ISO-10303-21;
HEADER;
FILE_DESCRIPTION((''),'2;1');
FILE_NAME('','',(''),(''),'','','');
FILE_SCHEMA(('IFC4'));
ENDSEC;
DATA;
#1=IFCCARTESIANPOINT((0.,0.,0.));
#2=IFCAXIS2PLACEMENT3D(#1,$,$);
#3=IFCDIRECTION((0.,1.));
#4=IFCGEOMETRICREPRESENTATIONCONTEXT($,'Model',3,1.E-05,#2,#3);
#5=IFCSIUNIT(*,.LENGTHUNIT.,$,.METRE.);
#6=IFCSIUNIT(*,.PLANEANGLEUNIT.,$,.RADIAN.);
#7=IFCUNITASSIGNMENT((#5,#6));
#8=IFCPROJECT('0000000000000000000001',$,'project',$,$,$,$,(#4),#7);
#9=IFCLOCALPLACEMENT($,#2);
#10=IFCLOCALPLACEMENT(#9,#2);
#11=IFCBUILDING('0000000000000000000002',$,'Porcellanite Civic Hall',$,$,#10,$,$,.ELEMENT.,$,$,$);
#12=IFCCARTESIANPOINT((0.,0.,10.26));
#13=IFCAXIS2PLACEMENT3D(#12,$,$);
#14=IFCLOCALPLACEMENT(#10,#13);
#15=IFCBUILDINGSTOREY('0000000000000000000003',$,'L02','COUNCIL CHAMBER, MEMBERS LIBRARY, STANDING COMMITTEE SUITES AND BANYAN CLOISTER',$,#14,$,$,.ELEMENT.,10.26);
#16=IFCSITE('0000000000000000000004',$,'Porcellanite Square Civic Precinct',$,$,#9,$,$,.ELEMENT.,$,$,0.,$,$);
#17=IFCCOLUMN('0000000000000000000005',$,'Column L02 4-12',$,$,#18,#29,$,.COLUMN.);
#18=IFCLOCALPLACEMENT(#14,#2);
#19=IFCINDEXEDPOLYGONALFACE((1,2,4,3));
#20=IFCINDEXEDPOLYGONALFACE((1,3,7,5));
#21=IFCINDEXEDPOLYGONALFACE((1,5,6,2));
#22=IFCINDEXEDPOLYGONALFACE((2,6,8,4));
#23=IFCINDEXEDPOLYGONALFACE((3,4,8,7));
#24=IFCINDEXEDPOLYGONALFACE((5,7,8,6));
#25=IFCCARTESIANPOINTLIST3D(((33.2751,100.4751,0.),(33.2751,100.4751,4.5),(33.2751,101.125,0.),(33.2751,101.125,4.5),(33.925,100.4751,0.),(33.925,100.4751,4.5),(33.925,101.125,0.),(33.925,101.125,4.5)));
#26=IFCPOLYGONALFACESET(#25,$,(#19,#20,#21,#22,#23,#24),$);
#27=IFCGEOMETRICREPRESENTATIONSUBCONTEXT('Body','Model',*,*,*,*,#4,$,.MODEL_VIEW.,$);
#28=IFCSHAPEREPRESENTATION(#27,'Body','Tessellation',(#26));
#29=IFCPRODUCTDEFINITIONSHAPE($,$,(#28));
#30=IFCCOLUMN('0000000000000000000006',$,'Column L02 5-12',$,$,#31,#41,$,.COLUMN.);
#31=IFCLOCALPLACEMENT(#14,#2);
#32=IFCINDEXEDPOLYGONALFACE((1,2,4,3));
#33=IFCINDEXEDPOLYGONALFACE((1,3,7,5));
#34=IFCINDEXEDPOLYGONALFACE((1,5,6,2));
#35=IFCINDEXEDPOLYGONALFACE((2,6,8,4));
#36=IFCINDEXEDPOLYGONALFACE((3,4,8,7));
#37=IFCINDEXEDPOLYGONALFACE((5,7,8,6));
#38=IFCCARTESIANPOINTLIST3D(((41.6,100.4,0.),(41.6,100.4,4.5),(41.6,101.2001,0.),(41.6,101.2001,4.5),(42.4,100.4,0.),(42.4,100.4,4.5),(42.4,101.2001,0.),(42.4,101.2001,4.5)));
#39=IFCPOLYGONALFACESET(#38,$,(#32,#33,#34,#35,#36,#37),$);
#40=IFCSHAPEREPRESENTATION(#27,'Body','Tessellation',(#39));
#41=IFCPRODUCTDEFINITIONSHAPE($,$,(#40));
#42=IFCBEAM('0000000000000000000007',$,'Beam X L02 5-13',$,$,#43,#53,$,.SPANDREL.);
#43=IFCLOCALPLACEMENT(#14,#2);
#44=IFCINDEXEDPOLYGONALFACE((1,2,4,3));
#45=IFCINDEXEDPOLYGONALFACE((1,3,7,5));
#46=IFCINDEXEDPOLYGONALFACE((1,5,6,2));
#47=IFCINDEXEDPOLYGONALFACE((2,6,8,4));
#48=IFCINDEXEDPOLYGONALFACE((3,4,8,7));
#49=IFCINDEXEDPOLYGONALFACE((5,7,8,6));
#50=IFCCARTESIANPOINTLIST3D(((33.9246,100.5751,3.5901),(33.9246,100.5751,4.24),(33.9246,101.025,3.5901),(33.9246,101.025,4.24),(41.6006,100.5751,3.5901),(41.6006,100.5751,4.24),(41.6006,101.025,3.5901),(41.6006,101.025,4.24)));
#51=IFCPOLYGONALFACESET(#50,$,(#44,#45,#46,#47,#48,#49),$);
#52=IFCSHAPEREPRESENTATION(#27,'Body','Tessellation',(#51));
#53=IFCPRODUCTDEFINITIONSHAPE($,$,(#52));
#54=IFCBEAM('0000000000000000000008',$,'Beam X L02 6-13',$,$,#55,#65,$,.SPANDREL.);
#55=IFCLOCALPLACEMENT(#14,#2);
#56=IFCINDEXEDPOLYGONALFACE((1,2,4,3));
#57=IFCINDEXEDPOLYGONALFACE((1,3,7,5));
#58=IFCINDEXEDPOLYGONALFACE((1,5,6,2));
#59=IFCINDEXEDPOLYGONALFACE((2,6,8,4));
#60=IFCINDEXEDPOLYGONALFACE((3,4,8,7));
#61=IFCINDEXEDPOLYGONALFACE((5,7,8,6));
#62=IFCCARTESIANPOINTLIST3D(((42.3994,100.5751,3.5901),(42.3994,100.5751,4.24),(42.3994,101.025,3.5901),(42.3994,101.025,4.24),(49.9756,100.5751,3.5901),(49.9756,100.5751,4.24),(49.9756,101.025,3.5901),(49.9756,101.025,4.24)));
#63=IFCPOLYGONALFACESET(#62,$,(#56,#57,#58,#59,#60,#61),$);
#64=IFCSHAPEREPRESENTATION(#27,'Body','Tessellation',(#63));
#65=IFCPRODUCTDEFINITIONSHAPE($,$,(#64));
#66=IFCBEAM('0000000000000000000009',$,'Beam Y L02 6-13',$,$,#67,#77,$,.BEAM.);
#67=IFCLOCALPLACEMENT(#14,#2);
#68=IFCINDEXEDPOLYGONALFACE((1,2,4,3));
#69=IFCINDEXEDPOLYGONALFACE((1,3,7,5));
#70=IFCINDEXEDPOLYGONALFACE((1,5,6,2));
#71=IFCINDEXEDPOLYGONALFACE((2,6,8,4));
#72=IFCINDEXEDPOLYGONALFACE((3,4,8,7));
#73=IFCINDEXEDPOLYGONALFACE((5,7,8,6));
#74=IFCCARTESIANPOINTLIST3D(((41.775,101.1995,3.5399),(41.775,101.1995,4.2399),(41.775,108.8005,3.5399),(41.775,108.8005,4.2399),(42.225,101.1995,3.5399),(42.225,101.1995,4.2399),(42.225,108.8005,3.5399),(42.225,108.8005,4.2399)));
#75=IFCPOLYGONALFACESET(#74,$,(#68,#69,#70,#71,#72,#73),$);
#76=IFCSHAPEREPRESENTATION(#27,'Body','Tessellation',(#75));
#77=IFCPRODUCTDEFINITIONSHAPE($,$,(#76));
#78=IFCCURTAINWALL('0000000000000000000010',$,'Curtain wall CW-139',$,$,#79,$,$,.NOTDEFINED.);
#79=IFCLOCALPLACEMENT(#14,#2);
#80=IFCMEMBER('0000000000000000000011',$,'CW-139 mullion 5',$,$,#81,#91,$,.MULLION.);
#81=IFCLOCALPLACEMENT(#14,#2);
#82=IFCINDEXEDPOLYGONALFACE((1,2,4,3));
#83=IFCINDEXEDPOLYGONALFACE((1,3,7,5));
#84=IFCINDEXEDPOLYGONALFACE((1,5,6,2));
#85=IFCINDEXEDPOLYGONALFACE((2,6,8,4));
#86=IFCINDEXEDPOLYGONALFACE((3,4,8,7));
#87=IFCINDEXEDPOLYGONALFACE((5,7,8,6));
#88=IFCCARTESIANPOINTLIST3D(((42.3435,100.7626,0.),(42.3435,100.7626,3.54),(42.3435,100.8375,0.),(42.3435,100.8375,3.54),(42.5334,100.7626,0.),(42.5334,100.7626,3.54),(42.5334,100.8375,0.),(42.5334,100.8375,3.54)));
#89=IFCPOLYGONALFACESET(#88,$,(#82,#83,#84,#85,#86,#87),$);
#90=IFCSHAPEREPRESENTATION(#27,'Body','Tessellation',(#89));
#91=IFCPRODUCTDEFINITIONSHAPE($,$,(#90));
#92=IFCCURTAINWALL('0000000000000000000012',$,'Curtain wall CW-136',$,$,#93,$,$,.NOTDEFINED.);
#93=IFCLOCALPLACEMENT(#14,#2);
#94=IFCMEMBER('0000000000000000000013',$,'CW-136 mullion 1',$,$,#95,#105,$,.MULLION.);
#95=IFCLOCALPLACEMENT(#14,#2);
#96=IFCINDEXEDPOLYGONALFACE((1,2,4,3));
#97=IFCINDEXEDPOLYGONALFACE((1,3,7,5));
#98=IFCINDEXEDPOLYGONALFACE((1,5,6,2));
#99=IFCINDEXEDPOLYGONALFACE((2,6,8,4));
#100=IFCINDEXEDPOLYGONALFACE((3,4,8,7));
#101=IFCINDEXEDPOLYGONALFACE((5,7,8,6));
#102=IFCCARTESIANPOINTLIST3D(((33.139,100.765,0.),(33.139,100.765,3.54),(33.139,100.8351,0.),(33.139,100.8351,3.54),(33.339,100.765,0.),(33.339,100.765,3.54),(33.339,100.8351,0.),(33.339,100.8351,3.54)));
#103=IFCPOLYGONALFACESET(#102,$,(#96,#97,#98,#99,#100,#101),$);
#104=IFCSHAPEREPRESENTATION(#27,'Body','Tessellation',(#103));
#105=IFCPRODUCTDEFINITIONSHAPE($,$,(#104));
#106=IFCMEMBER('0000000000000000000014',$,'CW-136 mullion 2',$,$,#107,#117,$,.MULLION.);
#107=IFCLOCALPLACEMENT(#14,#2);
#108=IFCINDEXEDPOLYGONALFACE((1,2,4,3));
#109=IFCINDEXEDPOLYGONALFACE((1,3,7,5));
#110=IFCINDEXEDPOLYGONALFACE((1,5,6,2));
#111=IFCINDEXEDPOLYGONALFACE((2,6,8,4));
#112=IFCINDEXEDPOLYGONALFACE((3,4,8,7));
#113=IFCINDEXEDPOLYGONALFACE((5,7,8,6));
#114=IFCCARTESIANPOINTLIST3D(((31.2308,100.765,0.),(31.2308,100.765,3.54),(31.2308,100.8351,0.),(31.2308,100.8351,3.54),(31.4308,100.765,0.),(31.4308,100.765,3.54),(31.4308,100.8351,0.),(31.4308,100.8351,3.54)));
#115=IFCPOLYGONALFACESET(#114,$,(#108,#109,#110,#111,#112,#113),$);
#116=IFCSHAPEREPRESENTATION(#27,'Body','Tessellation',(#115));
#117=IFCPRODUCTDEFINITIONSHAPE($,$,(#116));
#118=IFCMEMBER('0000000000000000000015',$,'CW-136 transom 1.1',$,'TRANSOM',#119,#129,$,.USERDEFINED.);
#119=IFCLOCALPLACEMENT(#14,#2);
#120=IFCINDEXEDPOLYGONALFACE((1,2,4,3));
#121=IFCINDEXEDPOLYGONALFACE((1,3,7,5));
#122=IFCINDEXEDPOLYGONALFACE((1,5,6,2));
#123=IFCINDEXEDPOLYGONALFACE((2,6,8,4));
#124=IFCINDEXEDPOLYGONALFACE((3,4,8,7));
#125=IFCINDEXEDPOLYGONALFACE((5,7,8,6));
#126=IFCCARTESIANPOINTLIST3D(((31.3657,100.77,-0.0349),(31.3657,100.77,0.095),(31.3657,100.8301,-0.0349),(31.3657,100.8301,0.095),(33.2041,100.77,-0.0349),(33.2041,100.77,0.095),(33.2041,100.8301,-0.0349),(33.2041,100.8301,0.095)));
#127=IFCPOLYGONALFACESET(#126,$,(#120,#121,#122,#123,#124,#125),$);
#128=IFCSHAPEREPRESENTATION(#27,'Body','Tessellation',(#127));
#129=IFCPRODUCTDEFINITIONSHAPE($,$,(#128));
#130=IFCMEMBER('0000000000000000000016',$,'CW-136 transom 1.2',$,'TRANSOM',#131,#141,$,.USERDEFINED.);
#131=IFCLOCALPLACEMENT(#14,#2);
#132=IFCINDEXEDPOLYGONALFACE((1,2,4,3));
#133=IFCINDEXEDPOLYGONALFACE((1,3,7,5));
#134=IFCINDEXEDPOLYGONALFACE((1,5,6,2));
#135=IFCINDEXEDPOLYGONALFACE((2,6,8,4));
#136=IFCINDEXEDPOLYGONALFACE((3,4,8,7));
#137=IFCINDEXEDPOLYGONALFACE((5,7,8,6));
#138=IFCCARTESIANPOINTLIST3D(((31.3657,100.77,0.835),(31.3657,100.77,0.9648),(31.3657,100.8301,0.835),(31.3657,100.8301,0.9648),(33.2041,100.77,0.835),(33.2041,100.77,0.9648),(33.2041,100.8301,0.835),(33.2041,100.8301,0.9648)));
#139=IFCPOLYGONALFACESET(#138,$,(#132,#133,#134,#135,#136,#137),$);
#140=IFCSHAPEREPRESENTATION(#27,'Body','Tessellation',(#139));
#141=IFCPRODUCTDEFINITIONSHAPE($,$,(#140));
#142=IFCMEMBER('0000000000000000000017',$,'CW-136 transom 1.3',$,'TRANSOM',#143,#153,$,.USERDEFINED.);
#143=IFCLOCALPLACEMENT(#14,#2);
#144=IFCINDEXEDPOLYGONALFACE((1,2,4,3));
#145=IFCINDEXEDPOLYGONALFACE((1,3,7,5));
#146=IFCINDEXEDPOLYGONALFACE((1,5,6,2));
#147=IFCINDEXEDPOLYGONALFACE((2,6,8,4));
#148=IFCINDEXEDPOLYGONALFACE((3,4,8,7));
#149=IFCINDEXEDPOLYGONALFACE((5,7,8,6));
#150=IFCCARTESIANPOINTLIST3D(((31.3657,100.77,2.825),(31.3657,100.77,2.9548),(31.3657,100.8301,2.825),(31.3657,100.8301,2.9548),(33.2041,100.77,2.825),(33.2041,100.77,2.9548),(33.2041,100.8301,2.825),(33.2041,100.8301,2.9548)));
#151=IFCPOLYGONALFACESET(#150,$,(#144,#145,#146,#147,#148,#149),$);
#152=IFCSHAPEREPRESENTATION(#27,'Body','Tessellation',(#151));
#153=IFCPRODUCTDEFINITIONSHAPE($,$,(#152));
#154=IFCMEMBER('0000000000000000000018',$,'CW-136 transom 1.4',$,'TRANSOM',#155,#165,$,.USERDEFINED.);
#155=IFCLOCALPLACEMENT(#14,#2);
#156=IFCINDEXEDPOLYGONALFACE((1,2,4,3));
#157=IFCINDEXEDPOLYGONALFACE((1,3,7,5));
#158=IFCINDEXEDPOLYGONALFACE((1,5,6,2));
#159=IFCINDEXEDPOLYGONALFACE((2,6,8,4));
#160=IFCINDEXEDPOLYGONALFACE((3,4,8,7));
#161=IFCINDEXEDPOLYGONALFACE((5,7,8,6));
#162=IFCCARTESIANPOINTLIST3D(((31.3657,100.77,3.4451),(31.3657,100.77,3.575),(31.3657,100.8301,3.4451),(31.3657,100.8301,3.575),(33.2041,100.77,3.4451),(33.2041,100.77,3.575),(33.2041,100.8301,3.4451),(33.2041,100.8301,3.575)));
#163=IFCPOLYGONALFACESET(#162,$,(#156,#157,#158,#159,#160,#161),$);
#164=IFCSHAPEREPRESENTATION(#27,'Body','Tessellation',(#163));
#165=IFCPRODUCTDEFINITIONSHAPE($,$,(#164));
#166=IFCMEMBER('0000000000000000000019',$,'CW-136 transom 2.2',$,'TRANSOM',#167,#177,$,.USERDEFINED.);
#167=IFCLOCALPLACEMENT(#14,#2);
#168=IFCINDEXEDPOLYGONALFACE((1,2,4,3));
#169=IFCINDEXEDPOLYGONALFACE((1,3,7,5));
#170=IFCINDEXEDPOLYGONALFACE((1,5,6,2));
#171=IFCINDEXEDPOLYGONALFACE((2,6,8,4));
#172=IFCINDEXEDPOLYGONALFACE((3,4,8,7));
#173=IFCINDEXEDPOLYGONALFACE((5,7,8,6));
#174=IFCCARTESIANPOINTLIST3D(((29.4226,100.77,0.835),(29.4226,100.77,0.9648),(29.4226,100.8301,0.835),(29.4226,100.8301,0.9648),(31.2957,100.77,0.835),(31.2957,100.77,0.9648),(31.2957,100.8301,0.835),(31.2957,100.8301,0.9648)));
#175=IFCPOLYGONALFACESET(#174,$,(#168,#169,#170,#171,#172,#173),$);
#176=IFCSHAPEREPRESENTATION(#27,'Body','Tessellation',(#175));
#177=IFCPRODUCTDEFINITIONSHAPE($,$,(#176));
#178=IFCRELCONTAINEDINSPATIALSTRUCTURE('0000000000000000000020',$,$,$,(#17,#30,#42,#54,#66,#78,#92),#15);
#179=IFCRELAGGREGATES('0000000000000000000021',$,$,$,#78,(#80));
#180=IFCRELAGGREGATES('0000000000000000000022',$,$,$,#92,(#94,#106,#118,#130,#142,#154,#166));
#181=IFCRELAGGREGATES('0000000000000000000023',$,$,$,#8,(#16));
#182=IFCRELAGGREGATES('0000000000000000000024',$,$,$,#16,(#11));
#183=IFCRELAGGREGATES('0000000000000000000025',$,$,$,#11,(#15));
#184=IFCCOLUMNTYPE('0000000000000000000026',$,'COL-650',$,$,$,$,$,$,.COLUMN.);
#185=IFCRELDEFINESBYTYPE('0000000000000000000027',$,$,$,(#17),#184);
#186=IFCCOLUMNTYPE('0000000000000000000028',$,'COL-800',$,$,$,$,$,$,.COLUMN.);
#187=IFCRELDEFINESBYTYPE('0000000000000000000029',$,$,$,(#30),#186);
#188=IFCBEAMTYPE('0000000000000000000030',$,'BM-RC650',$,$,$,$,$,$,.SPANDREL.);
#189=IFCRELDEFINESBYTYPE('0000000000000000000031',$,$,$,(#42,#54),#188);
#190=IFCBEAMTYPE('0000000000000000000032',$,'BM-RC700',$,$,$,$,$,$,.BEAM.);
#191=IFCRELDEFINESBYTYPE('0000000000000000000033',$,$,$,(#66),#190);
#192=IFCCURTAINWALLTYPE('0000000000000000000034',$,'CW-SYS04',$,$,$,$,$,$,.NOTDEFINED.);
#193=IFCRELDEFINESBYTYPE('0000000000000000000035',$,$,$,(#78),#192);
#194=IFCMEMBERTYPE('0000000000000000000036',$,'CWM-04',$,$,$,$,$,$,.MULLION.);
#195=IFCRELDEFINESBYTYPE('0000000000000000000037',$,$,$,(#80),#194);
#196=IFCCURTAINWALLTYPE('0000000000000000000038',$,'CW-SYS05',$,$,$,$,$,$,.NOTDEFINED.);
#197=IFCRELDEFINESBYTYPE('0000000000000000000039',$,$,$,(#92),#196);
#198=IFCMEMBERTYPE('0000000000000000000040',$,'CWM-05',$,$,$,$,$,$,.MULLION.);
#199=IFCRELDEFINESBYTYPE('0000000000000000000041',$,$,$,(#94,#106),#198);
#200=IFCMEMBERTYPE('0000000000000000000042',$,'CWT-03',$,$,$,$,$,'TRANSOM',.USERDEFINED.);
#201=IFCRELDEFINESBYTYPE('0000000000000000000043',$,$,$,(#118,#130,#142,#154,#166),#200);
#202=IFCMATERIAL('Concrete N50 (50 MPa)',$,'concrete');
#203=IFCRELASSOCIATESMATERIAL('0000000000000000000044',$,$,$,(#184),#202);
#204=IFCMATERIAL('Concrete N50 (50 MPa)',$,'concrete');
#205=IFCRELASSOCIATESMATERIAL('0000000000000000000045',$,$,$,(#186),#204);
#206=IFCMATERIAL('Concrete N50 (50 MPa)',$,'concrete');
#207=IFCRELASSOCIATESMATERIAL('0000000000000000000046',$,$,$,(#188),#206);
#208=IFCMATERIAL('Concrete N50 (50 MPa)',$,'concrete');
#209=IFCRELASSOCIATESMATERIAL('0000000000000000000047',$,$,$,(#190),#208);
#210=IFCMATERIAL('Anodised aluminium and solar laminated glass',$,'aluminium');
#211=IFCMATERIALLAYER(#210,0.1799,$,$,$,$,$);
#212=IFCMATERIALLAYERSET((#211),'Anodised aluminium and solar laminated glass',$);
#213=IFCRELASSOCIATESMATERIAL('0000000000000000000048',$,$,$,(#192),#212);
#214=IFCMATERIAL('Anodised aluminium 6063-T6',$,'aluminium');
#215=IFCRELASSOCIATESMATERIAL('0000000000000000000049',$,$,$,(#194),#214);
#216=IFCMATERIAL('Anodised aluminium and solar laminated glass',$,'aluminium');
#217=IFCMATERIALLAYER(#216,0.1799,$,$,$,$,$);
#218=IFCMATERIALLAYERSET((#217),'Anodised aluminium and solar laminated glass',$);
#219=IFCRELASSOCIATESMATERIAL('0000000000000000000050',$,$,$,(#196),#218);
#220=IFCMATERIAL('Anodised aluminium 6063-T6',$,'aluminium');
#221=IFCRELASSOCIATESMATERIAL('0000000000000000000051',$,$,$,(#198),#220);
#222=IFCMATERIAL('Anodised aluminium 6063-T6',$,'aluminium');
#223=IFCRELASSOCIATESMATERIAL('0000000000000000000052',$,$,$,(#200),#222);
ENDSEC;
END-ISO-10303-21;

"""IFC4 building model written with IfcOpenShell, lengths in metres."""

from ifc_helpers import new_model, si_unit, direction, frame, origin, origin_2d, place, context, subcontext, project, spatial, rectangle, extrude, material, layer, layer_set, material_profile, profile_set, type_object, element, aggregate, save


model = new_model("IFC4")

# Units and contexts
model_context = context("Model", 3, precision=1e-05, world=origin(), true_north=direction((0.0, 1.0)))
body_context = subcontext(model_context, "Body", "Model", "MODEL_VIEW")
ifc_project = project(units=[si_unit("LENGTHUNIT", "METRE"), si_unit("PLANEANGLEUNIT", "RADIAN")], contexts=[model_context])

# Site, building, storey
site_placement = place(None, origin())
site = spatial("IfcSite", under=ifc_project, at=site_placement, Name="Porcellanite Square Civic Precinct", CompositionType="ELEMENT", RefElevation=0.0)
building_placement = place(site_placement, origin())
building = spatial("IfcBuilding", under=site, at=building_placement, Name="Porcellanite Civic Hall", CompositionType="ELEMENT")
storey_placement = place(building_placement, frame((0.0, 0.0, 10.26)))
storey = spatial("IfcBuildingStorey", under=building, at=storey_placement, Name="L02", Description="COUNCIL CHAMBER, MEMBERS LIBRARY, STANDING COMMITTEE SUITES AND BANYAN CLOISTER", CompositionType="ELEMENT", Elevation=10.26)

# Columns
ifc_material_1 = material(Name="Concrete N50 (50 MPa)", Category="concrete")
ifc_material_profile_1 = material_profile(ifc_material_1, rectangle(XDim=0.6499, YDim=0.6499, at=origin_2d()), Name="RC-650x650")
ifc_profile_set_1 = profile_set([ifc_material_profile_1], Name="Concrete N50 (50 MPa)")
column_type_1 = type_object("IfcColumnType", Name="COL-650", PredefinedType="COLUMN", material=ifc_profile_set_1)
column_1_placement = place(storey_placement, frame((33.6001, 100.8, 0.0), z_axis=(0.0, 0.0, 1.0), x_axis=(1.0, 0.0, 0.0)))
element("IfcColumn", 1, at=column_1_placement, inside=storey, type_object=column_type_1, Name="Column L02 4-12", PredefinedType="COLUMN", context=body_context, shape_type="SweptSolid", body=[
    extrude(rectangle(XDim=0.6499, YDim=0.6499, at=origin_2d()), origin(), (0.0, 0.0, 1.0), 4.5),
])
ifc_material_2 = material(Name="Concrete N50 (50 MPa)", Category="concrete")
ifc_material_profile_2 = material_profile(ifc_material_2, rectangle(XDim=0.8, YDim=0.8, at=origin_2d()), Name="RC-800x800")
ifc_profile_set_2 = profile_set([ifc_material_profile_2], Name="Concrete N50 (50 MPa)")
column_type_2 = type_object("IfcColumnType", Name="COL-800", PredefinedType="COLUMN", material=ifc_profile_set_2)
column_2_placement = place(storey_placement, frame((42.0, 100.8, 0.0), z_axis=(0.0, 0.0, 1.0), x_axis=(1.0, 0.0, 0.0)))
element("IfcColumn", 2, at=column_2_placement, inside=storey, type_object=column_type_2, Name="Column L02 5-12", PredefinedType="COLUMN", context=body_context, shape_type="SweptSolid", body=[
    extrude(rectangle(XDim=0.8, YDim=0.8, at=origin_2d()), origin(), (0.0, 0.0, 1.0), 4.5),
])

# Beams
ifc_material_3 = material(Name="Concrete N50 (50 MPa)", Category="concrete")
ifc_material_profile_3 = material_profile(ifc_material_3, rectangle(XDim=0.45, YDim=0.6499, at=origin_2d()), Name="RC-450x650")
ifc_profile_set_3 = profile_set([ifc_material_profile_3], Name="Concrete N50 (50 MPa)")
beam_type_1 = type_object("IfcBeamType", Name="BM-RC650", PredefinedType="SPANDREL", material=ifc_profile_set_3)
beam_1_placement = place(storey_placement, frame((33.9246, 100.8, 3.915), z_axis=(1.0, 0.0, 0.0), x_axis=(0.0, 1.0, 0.0)))
element("IfcBeam", 3, at=beam_1_placement, inside=storey, type_object=beam_type_1, Name="Beam X L02 5-13", PredefinedType="SPANDREL", context=body_context, shape_type="SweptSolid", body=[
    extrude(rectangle(XDim=0.45, YDim=0.6499, at=origin_2d()), origin(), (0.0, 0.0, 1.0), 7.676),
])
beam_2_placement = place(storey_placement, frame((42.3994, 100.8, 3.915), z_axis=(1.0, 0.0, 0.0), x_axis=(0.0, 1.0, 0.0)))
element("IfcBeam", 4, at=beam_2_placement, inside=storey, type_object=beam_type_1, Name="Beam X L02 6-13", PredefinedType="SPANDREL", context=body_context, shape_type="SweptSolid", body=[
    extrude(rectangle(XDim=0.45, YDim=0.6499, at=origin_2d()), origin(), (0.0, 0.0, 1.0), 7.5762),
])
ifc_material_4 = material(Name="Concrete N50 (50 MPa)", Category="concrete")
ifc_material_profile_4 = material_profile(ifc_material_4, rectangle(XDim=0.45, YDim=0.7, at=origin_2d()), Name="RC-450x700")
ifc_profile_set_4 = profile_set([ifc_material_profile_4], Name="Concrete N50 (50 MPa)")
beam_type_2 = type_object("IfcBeamType", Name="BM-RC700", PredefinedType="BEAM", material=ifc_profile_set_4)
beam_3_placement = place(storey_placement, frame((42.0, 101.1995, 3.8899), z_axis=(0.0, 1.0, 0.0), x_axis=(-1.0, 0.0, 0.0)))
element("IfcBeam", 5, at=beam_3_placement, inside=storey, type_object=beam_type_2, Name="Beam Y L02 6-13", PredefinedType="BEAM", context=body_context, shape_type="SweptSolid", body=[
    extrude(rectangle(XDim=0.45, YDim=0.7, at=origin_2d()), origin(), (0.0, 0.0, 1.0), 7.6011),
])

# Curtain wall, member
ifc_material_5 = material(Name="Anodised aluminium and solar laminated glass", Category="aluminium")
ifc_layer_1 = layer(ifc_material_5, 0.1799)
ifc_layer_set_1 = layer_set([ifc_layer_1], Name="Anodised aluminium and solar laminated glass")
curtain_wall_type_1 = type_object("IfcCurtainWallType", Name="CW-SYS04", PredefinedType="NOTDEFINED", material=ifc_layer_set_1)
curtain_wall_1_placement = place(storey_placement, origin())
curtain_wall_1 = element("IfcCurtainWall", 6, at=curtain_wall_1_placement, inside=storey, type_object=curtain_wall_type_1, Name="Curtain wall CW-139", PredefinedType="NOTDEFINED")
ifc_material_6 = material(Name="Anodised aluminium 6063-T6", Category="aluminium")
ifc_material_profile_5 = material_profile(ifc_material_6, rectangle(XDim=0.075, YDim=0.1899, at=origin_2d()), Name="AL-75x190")
ifc_profile_set_5 = profile_set([ifc_material_profile_5], Name="Anodised aluminium 6063-T6")
member_type_1 = type_object("IfcMemberType", Name="CWM-04", PredefinedType="MULLION", material=ifc_profile_set_5)
member_1_placement = place(storey_placement, frame((42.4385, 100.8, 0.0), z_axis=(0.0, 0.0, 1.0), x_axis=(0.0, -1.0, 0.0)))
member_1 = element("IfcMember", 7, at=member_1_placement, type_object=member_type_1, Name="CW-139 mullion 5", PredefinedType="MULLION", context=body_context, shape_type="SweptSolid", body=[
    extrude(rectangle(XDim=0.075, YDim=0.1899, at=origin_2d()), origin(), (0.0, 0.0, 1.0), 3.54),
])
aggregate(curtain_wall_1, [member_1])

# Curtain wall, members
ifc_material_7 = material(Name="Anodised aluminium and solar laminated glass", Category="aluminium")
ifc_layer_2 = layer(ifc_material_7, 0.1799)
ifc_layer_set_2 = layer_set([ifc_layer_2], Name="Anodised aluminium and solar laminated glass")
curtain_wall_type_2 = type_object("IfcCurtainWallType", Name="CW-SYS05", PredefinedType="NOTDEFINED", material=ifc_layer_set_2)
curtain_wall_2_placement = place(storey_placement, origin())
curtain_wall_2 = element("IfcCurtainWall", 8, at=curtain_wall_2_placement, inside=storey, type_object=curtain_wall_type_2, Name="Curtain wall CW-136", PredefinedType="NOTDEFINED")
ifc_material_8 = material(Name="Anodised aluminium 6063-T6", Category="aluminium")
ifc_material_profile_6 = material_profile(ifc_material_8, rectangle(XDim=0.0701, YDim=0.2, at=origin_2d()), Name="AL-70x200")
ifc_profile_set_6 = profile_set([ifc_material_profile_6], Name="Anodised aluminium 6063-T6")
member_type_2 = type_object("IfcMemberType", Name="CWM-05", PredefinedType="MULLION", material=ifc_profile_set_6)
member_2_placement = place(storey_placement, frame((33.239, 100.8, 0.0), z_axis=(0.0, 0.0, 1.0), x_axis=(0.0, -1.0, 0.0)))
member_2 = element("IfcMember", 9, at=member_2_placement, type_object=member_type_2, Name="CW-136 mullion 1", PredefinedType="MULLION", context=body_context, shape_type="SweptSolid", body=[
    extrude(rectangle(XDim=0.0701, YDim=0.2, at=origin_2d()), origin(), (0.0, 0.0, 1.0), 3.54),
])
member_3_placement = place(storey_placement, frame((31.3308, 100.8, 0.0), z_axis=(0.0, 0.0, 1.0), x_axis=(0.0, -1.0, 0.0)))
member_3 = element("IfcMember", 10, at=member_3_placement, type_object=member_type_2, Name="CW-136 mullion 2", PredefinedType="MULLION", context=body_context, shape_type="SweptSolid", body=[
    extrude(rectangle(XDim=0.0701, YDim=0.2, at=origin_2d()), origin(), (0.0, 0.0, 1.0), 3.54),
])
ifc_material_9 = material(Name="Anodised aluminium 6063-T6", Category="aluminium")
ifc_material_profile_7 = material_profile(ifc_material_9, rectangle(XDim=0.0601, YDim=0.1299, at=origin_2d()), Name="AL-60x130")
ifc_profile_set_7 = profile_set([ifc_material_profile_7], Name="Anodised aluminium 6063-T6")
member_type_3 = type_object("IfcMemberType", Name="CWT-03", ElementType="TRANSOM", PredefinedType="USERDEFINED", material=ifc_profile_set_7)
member_4_placement = place(storey_placement, frame((33.2041, 100.8, 0.03), z_axis=(-1.0, 0.0, 0.0), x_axis=(0.0, -1.0, 0.0)))
member_4 = element("IfcMember", 11, at=member_4_placement, type_object=member_type_3, Name="CW-136 transom 1.1", ObjectType="TRANSOM", PredefinedType="USERDEFINED", context=body_context, shape_type="SweptSolid", body=[
    extrude(rectangle(XDim=0.0601, YDim=0.1299, at=origin_2d()), origin(), (0.0, 0.0, 1.0), 1.8384),
])
member_5_placement = place(storey_placement, frame((33.2041, 100.8, 0.8999), z_axis=(-1.0, 0.0, 0.0), x_axis=(0.0, -1.0, 0.0)))
member_5 = element("IfcMember", 12, at=member_5_placement, type_object=member_type_3, Name="CW-136 transom 1.2", ObjectType="TRANSOM", PredefinedType="USERDEFINED", context=body_context, shape_type="SweptSolid", body=[
    extrude(rectangle(XDim=0.0601, YDim=0.1299, at=origin_2d()), origin(), (0.0, 0.0, 1.0), 1.8384),
])
member_6_placement = place(storey_placement, frame((33.2041, 100.8, 2.8899), z_axis=(-1.0, 0.0, 0.0), x_axis=(0.0, -1.0, 0.0)))
member_6 = element("IfcMember", 13, at=member_6_placement, type_object=member_type_3, Name="CW-136 transom 1.3", ObjectType="TRANSOM", PredefinedType="USERDEFINED", context=body_context, shape_type="SweptSolid", body=[
    extrude(rectangle(XDim=0.0601, YDim=0.1299, at=origin_2d()), origin(), (0.0, 0.0, 1.0), 1.8384),
])
member_7_placement = place(storey_placement, frame((33.2041, 100.8, 3.51), z_axis=(-1.0, 0.0, 0.0), x_axis=(0.0, -1.0, 0.0)))
member_7 = element("IfcMember", 14, at=member_7_placement, type_object=member_type_3, Name="CW-136 transom 1.4", ObjectType="TRANSOM", PredefinedType="USERDEFINED", context=body_context, shape_type="SweptSolid", body=[
    extrude(rectangle(XDim=0.0601, YDim=0.1299, at=origin_2d()), origin(), (0.0, 0.0, 1.0), 1.8384),
])
member_8_placement = place(storey_placement, frame((31.2957, 100.8, 0.8999), z_axis=(-1.0, 0.0, 0.0), x_axis=(0.0, -1.0, 0.0)))
member_8 = element("IfcMember", 15, at=member_8_placement, type_object=member_type_3, Name="CW-136 transom 2.2", ObjectType="TRANSOM", PredefinedType="USERDEFINED", context=body_context, shape_type="SweptSolid", body=[
    extrude(rectangle(XDim=0.0601, YDim=0.1299, at=origin_2d()), origin(), (0.0, 0.0, 1.0), 1.873),
])

aggregate(curtain_wall_2, [member_2, member_3, member_4, member_5, member_6, member_7, member_8])

save(model, "model.ifc")
